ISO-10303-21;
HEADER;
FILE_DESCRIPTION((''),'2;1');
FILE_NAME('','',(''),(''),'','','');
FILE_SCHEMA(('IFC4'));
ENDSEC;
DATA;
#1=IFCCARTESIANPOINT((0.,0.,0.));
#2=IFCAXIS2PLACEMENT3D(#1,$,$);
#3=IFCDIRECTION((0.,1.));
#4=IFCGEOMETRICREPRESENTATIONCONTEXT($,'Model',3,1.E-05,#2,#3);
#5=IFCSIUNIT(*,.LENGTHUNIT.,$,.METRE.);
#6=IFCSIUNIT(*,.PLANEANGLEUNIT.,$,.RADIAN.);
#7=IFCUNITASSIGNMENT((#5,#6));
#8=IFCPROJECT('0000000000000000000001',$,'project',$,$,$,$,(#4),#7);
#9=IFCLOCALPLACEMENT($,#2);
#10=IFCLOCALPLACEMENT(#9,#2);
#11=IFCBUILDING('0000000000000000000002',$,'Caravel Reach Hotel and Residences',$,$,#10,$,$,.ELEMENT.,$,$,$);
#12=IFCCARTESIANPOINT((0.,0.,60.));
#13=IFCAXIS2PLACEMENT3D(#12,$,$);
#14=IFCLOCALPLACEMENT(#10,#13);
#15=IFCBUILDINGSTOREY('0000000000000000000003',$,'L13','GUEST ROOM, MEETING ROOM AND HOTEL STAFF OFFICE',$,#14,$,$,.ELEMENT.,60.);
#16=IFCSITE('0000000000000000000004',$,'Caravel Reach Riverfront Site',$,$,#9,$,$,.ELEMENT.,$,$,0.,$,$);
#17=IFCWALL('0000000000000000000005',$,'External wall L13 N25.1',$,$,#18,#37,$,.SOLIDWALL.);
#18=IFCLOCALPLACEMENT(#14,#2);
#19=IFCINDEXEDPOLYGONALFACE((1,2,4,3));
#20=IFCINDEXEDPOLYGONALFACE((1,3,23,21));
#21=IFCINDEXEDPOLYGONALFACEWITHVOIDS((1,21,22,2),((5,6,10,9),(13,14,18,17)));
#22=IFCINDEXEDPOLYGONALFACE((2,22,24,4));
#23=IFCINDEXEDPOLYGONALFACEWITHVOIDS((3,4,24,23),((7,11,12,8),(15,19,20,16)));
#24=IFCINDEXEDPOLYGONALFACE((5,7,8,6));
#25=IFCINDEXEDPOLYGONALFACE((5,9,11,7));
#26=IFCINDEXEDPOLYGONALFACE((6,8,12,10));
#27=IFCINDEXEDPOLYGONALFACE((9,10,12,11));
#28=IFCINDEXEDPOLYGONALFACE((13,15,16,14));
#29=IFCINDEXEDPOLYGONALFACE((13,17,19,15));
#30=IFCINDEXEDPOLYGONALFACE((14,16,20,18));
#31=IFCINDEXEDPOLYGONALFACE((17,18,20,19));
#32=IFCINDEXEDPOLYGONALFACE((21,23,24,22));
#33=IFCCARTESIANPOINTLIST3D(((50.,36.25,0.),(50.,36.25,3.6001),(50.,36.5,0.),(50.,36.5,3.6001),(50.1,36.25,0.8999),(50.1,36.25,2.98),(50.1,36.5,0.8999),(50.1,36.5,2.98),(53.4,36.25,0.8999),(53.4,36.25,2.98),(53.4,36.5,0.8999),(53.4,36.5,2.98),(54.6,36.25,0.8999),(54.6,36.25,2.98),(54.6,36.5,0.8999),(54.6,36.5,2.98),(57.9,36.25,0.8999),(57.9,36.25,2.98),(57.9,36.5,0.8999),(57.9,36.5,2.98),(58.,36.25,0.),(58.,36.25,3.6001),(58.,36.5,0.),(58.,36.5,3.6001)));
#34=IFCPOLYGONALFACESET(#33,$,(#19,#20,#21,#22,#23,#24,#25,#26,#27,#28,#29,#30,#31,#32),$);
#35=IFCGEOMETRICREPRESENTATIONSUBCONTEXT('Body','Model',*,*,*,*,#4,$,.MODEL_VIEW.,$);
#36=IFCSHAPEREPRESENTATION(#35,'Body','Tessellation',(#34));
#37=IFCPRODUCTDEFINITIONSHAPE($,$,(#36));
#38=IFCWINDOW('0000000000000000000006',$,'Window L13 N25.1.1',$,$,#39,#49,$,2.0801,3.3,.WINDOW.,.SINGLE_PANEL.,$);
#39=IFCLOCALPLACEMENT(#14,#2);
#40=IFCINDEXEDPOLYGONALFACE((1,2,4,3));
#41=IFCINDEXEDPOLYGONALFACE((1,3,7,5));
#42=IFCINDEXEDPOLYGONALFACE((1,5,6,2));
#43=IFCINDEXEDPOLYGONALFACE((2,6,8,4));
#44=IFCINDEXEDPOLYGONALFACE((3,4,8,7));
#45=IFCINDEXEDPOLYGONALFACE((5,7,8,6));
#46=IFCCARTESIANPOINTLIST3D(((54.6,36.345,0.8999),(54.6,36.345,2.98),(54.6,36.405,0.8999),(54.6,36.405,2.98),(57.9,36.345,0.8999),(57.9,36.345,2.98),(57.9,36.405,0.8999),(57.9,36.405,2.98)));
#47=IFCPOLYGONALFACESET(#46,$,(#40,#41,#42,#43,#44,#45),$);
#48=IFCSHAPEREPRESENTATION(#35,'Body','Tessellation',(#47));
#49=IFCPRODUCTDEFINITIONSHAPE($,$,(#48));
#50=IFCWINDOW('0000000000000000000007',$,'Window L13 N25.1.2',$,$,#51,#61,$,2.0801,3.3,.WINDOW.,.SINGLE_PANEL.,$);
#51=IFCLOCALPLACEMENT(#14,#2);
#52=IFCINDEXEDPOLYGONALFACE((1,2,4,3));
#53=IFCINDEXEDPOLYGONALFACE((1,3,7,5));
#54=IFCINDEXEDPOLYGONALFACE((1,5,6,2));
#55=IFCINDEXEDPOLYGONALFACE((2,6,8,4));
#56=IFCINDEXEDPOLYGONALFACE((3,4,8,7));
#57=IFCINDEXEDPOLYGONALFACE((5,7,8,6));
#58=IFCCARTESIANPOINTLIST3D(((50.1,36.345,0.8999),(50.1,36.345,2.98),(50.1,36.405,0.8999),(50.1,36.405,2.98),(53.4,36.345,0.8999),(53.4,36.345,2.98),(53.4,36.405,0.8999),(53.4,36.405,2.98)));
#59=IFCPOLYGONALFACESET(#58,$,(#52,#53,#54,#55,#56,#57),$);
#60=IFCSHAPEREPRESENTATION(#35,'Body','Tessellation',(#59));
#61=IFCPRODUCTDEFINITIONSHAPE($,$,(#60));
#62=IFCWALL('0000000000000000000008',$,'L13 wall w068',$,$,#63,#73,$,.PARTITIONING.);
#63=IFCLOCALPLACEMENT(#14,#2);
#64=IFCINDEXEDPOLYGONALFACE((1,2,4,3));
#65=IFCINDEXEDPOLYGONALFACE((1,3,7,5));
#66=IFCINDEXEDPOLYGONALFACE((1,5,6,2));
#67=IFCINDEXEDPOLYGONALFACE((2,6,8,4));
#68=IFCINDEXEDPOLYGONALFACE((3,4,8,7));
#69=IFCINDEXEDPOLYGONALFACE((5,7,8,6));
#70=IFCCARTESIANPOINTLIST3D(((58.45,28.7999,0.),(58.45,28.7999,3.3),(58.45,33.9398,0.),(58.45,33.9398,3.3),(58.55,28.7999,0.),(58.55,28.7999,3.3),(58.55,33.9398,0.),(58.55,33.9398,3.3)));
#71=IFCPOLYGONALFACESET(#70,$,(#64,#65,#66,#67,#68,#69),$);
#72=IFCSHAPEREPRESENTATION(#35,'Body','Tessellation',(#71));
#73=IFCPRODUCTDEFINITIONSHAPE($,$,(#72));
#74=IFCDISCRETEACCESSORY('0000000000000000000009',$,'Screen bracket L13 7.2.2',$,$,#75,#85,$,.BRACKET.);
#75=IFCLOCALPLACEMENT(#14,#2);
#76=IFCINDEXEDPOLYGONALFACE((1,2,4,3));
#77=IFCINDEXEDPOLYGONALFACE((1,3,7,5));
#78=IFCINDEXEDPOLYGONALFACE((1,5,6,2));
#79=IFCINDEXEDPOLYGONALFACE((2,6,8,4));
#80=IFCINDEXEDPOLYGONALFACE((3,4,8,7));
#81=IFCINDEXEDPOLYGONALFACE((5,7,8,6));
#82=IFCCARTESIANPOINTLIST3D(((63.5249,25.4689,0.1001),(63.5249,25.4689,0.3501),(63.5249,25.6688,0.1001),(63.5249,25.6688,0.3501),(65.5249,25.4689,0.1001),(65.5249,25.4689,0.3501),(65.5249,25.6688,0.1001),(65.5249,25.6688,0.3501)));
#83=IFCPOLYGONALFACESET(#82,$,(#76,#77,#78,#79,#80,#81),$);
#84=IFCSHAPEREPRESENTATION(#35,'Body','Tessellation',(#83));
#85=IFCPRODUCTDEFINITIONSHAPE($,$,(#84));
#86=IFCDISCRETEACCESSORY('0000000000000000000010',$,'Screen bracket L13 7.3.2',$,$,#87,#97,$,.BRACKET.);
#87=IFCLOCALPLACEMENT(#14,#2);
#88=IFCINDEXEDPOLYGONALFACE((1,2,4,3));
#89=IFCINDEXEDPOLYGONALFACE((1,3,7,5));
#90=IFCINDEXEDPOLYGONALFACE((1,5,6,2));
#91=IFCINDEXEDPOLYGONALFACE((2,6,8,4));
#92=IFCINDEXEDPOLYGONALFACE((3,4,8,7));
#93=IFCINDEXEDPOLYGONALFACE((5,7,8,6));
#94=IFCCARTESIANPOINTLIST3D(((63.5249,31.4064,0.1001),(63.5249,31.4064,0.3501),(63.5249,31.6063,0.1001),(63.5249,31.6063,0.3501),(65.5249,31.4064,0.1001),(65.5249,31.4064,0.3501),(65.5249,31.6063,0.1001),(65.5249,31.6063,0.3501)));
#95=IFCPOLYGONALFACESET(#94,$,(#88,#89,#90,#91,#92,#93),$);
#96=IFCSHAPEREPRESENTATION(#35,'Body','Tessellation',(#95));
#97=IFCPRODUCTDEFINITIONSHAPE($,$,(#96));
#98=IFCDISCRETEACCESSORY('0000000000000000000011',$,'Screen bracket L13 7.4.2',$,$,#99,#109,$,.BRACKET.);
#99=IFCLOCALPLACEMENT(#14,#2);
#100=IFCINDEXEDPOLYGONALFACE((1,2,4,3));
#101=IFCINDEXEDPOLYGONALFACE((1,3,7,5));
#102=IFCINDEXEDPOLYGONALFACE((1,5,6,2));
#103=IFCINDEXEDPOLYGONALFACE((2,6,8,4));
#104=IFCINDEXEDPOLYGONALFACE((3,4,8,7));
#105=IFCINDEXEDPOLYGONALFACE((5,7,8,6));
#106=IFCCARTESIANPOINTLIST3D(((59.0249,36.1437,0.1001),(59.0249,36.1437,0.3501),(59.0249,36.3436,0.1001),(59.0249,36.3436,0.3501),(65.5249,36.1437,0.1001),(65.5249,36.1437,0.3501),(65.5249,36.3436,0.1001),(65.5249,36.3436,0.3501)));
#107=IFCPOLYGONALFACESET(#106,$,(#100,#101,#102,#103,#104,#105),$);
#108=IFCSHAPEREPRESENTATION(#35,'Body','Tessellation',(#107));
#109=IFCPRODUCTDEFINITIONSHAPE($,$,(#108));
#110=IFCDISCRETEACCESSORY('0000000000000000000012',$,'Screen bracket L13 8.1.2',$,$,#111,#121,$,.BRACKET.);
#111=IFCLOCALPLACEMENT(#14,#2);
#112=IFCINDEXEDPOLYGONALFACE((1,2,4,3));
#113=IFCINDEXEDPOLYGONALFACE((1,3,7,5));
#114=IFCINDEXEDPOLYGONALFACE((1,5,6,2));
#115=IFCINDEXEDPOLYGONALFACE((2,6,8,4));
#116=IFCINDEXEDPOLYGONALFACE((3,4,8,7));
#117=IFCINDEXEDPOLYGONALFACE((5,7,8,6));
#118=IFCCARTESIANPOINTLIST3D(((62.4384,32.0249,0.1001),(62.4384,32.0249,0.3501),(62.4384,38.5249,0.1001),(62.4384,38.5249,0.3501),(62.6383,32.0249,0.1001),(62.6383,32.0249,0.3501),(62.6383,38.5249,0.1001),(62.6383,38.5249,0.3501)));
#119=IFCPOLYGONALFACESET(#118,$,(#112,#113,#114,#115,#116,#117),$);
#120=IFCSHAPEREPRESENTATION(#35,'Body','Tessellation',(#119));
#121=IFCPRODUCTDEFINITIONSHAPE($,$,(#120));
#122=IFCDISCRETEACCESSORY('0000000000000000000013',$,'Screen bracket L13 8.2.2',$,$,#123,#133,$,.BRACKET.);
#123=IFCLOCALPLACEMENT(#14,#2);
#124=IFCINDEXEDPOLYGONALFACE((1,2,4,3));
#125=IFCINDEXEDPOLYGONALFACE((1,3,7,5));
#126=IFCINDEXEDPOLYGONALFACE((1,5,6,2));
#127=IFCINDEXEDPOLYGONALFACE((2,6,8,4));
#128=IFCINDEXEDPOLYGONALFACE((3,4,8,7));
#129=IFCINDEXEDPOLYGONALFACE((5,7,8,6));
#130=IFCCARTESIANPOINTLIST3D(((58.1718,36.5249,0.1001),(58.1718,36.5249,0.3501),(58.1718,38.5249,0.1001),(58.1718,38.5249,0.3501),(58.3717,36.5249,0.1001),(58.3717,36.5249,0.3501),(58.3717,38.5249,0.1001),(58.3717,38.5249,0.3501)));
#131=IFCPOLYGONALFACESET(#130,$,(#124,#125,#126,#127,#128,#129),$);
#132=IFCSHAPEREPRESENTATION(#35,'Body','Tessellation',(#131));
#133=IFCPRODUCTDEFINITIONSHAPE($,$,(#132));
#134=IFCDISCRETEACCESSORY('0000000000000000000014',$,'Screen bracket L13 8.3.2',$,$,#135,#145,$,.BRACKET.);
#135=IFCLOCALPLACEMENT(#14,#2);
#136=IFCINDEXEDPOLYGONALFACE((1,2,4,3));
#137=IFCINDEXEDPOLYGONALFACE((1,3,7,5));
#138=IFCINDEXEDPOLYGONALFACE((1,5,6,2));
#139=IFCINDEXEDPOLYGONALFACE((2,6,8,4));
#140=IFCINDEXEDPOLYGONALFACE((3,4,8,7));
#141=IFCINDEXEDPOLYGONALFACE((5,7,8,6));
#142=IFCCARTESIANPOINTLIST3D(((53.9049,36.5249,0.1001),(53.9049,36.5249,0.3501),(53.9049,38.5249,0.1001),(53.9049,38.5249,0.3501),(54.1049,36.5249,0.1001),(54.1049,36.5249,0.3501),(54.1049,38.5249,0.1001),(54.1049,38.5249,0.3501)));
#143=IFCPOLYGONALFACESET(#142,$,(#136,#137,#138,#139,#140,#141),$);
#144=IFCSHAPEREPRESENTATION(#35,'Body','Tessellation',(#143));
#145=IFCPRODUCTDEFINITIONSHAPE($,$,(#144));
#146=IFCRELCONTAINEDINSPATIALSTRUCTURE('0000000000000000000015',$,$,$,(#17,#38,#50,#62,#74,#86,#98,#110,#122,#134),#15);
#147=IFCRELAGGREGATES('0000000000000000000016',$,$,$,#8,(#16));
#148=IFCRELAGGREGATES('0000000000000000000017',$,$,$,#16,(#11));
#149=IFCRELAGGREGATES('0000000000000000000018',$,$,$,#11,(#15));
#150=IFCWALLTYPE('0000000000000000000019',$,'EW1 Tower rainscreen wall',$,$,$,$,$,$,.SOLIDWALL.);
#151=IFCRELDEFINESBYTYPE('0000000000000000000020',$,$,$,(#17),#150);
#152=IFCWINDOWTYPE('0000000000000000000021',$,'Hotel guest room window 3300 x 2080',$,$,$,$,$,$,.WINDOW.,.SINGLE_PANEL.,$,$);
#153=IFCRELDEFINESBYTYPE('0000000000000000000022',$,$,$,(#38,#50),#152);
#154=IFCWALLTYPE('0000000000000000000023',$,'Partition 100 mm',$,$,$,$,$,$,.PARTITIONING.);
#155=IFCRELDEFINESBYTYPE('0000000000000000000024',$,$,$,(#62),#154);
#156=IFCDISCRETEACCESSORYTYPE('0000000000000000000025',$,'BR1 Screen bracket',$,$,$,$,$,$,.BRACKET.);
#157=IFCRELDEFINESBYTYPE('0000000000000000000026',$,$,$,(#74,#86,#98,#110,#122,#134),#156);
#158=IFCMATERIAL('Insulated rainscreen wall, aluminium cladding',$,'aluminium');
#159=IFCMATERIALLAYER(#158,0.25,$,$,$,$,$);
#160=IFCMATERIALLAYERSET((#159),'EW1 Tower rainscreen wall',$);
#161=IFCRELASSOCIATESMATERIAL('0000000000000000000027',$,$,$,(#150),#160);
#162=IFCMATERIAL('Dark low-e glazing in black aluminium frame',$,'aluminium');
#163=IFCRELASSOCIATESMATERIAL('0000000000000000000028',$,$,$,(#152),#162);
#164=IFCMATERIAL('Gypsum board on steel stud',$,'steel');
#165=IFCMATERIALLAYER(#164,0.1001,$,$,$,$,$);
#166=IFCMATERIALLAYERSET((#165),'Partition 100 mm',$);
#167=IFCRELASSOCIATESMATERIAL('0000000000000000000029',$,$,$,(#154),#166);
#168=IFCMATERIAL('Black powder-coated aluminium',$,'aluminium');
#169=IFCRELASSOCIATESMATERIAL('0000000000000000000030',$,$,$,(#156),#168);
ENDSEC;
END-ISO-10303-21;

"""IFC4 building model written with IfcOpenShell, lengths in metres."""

from ifc_helpers import new_model, si_unit, direction, frame, frame_2d, origin, origin_2d, place, context, subcontext, project, spatial, rectangle, extrude, material, layer, layer_set, type_object, element, fill, save


model = new_model("IFC4")

# Units and contexts
model_context = context("Model", 3, precision=1e-05, world=origin(), true_north=direction((0.0, 1.0)))
body_context = subcontext(model_context, "Body", "Model", "MODEL_VIEW")
ifc_project = project(units=[si_unit("LENGTHUNIT", "METRE"), si_unit("PLANEANGLEUNIT", "RADIAN")], contexts=[model_context])

# Site, building, storey
site_placement = place(None, origin())
site = spatial("IfcSite", under=ifc_project, at=site_placement, Name="Caravel Reach Riverfront Site", CompositionType="ELEMENT", RefElevation=0.0)
building_placement = place(site_placement, origin())
building = spatial("IfcBuilding", under=site, at=building_placement, Name="Caravel Reach Hotel and Residences", CompositionType="ELEMENT")
storey_placement = place(building_placement, frame((0.0, 0.0, 60.0)))
storey = spatial("IfcBuildingStorey", under=building, at=storey_placement, Name="L13", Description="GUEST ROOM, MEETING ROOM AND HOTEL STAFF OFFICE", CompositionType="ELEMENT", Elevation=60.0)

# Shared definitions
ifc_material_1 = material(Name="Insulated rainscreen wall, aluminium cladding", Category="aluminium")
ifc_layer_1 = layer(ifc_material_1, 0.25)
ifc_layer_set_1 = layer_set([ifc_layer_1], Name="EW1 Tower rainscreen wall")
wall_type_1 = type_object("IfcWallType", Name="EW1 Tower rainscreen wall", PredefinedType="SOLIDWALL", material=ifc_layer_set_1)

# Wall, openings, windows
wall_1_placement = place(storey_placement, frame((58.0, 36.375, 0.0), z_axis=(0.0, 0.0, 1.0), x_axis=(-1.0, 0.0, 0.0)))
wall_1 = element("IfcWall", 1, at=wall_1_placement, inside=storey, type_object=wall_type_1, Name="External wall L13 N25.1", PredefinedType="SOLIDWALL", context=body_context, shape_type="SweptSolid", body=[
    extrude(rectangle(XDim=8.0, YDim=0.25, at=frame_2d((4.0, 0.0))), origin(), (0.0, 0.0, 1.0), 3.6001),
])
opening_1_placement = place(wall_1_placement, frame((0.1001, 0.0, 0.8999)))
opening_1 = element("IfcOpeningElement", 2, at=opening_1_placement, cuts=wall_1, PredefinedType="OPENING", context=body_context, shape_type="SweptSolid", body=[
    extrude(rectangle(XDim=3.3, YDim=2.0801, at=frame_2d((1.6499, 1.04))), frame((0.0, 0.135, 0.0), z_axis=(0.0, -1.0, 0.0), x_axis=(1.0, 0.0, 0.0)), (0.0, 0.0, 1.0), 0.27),
])
opening_2_placement = place(wall_1_placement, frame((4.6001, 0.0, 0.8999)))
opening_2 = element("IfcOpeningElement", 3, at=opening_2_placement, cuts=wall_1, PredefinedType="OPENING", context=body_context, shape_type="SweptSolid", body=[
    extrude(rectangle(XDim=3.3, YDim=2.0801, at=frame_2d((1.6499, 1.04))), frame((0.0, 0.135, 0.0), z_axis=(0.0, -1.0, 0.0), x_axis=(1.0, 0.0, 0.0)), (0.0, 0.0, 1.0), 0.27),
])
ifc_material_2 = material(Name="Dark low-e glazing in black aluminium frame", Category="aluminium")
window_type_1 = type_object("IfcWindowType", Name="Hotel guest room window 3300 x 2080", PartitioningType="SINGLE_PANEL", PredefinedType="WINDOW", material=ifc_material_2)
window_1_placement = place(opening_1_placement, origin())
window_1 = element("IfcWindow", 4, at=window_1_placement, inside=storey, type_object=window_type_1, Name="Window L13 N25.1.1", OverallHeight=2.0801, OverallWidth=3.3, PartitioningType="SINGLE_PANEL", PredefinedType="WINDOW", context=body_context, shape_type="SweptSolid", body=[
    extrude(rectangle(XDim=3.3, YDim=2.0801, at=frame_2d((1.6499, 1.04))), frame((0.0, 0.03, 0.0), z_axis=(0.0, -1.0, 0.0), x_axis=(1.0, 0.0, 0.0)), (0.0, 0.0, 1.0), 0.0601),
])
fill(opening_1, window_1)
window_2_placement = place(opening_2_placement, origin())
window_2 = element("IfcWindow", 5, at=window_2_placement, inside=storey, type_object=window_type_1, Name="Window L13 N25.1.2", OverallHeight=2.0801, OverallWidth=3.3, PartitioningType="SINGLE_PANEL", PredefinedType="WINDOW", context=body_context, shape_type="SweptSolid", body=[
    extrude(rectangle(XDim=3.3, YDim=2.0801, at=frame_2d((1.6499, 1.04))), frame((0.0, 0.03, 0.0), z_axis=(0.0, -1.0, 0.0), x_axis=(1.0, 0.0, 0.0)), (0.0, 0.0, 1.0), 0.0601),
])
fill(opening_2, window_2)

# Wall
ifc_material_3 = material(Name="Gypsum board on steel stud", Category="steel")
ifc_layer_2 = layer(ifc_material_3, 0.1001)
ifc_layer_set_2 = layer_set([ifc_layer_2], Name="Partition 100 mm")
wall_type_2 = type_object("IfcWallType", Name="Partition 100 mm", PredefinedType="PARTITIONING", material=ifc_layer_set_2)
wall_2_placement = place(storey_placement, frame((58.5, 28.8, 0.0), z_axis=(0.0, 0.0, 1.0), x_axis=(0.0, 1.0, 0.0)))
element("IfcWall", 6, at=wall_2_placement, inside=storey, type_object=wall_type_2, Name="L13 wall w068", PredefinedType="PARTITIONING", context=body_context, shape_type="SweptSolid", body=[
    extrude(rectangle(XDim=5.1399, YDim=0.1001, at=frame_2d((2.5698, 0.0))), origin(), (0.0, 0.0, 1.0), 3.3),
])

# Discrete accessories
ifc_material_4 = material(Name="Black powder-coated aluminium", Category="aluminium")
discrete_accessory_type = type_object("IfcDiscreteAccessoryType", Name="BR1 Screen bracket", PredefinedType="BRACKET", material=ifc_material_4)
for number, where, z_axis, x_axis, name in (
    (7, (64.5249, 25.5688, 0.1001), (0.0, 0.0, 1.0), (1.0, 0.0, 0.0), "Screen bracket L13 7.2.2"),
    (8, (64.5249, 31.5063, 0.1001), (0.0, 0.0, 1.0), (1.0, 0.0, 0.0), "Screen bracket L13 7.3.2"),
):
    element("IfcDiscreteAccessory", number, at=place(storey_placement, frame(where, z_axis=z_axis, x_axis=x_axis)), inside=storey, type_object=discrete_accessory_type, Name=name, PredefinedType="BRACKET", context=body_context, shape_type="SweptSolid", body=[
        extrude(rectangle(XDim=2.0, YDim=0.2, at=origin_2d()), origin(), (0.0, 0.0, 1.0), 0.25),
    ])
for number, where, z_axis, x_axis, name in (
    (9, (62.2749, 36.2437, 0.1001), (0.0, 0.0, 1.0), (1.0, 0.0, 0.0), "Screen bracket L13 7.4.2"),
    (10, (62.5383, 35.2749, 0.1001), (0.0, 0.0, 1.0), (0.0, 1.0, 0.0), "Screen bracket L13 8.1.2"),
):
    element("IfcDiscreteAccessory", number, at=place(storey_placement, frame(where, z_axis=z_axis, x_axis=x_axis)), inside=storey, type_object=discrete_accessory_type, Name=name, PredefinedType="BRACKET", context=body_context, shape_type="SweptSolid", body=[
        extrude(rectangle(XDim=6.5, YDim=0.2, at=origin_2d()), origin(), (0.0, 0.0, 1.0), 0.25),
    ])
for number, where, z_axis, x_axis, name in (
    (11, (58.2717, 37.5249, 0.1001), (0.0, 0.0, 1.0), (0.0, 1.0, 0.0), "Screen bracket L13 8.2.2"),
    (12, (54.0049, 37.5249, 0.1001), (0.0, 0.0, 1.0), (0.0, 1.0, 0.0), "Screen bracket L13 8.3.2"),
):
    element("IfcDiscreteAccessory", number, at=place(storey_placement, frame(where, z_axis=z_axis, x_axis=x_axis)), inside=storey, type_object=discrete_accessory_type, Name=name, PredefinedType="BRACKET", context=body_context, shape_type="SweptSolid", body=[
        extrude(rectangle(XDim=2.0, YDim=0.2, at=origin_2d()), origin(), (0.0, 0.0, 1.0), 0.25),
    ])

save(model, "model.ifc")
